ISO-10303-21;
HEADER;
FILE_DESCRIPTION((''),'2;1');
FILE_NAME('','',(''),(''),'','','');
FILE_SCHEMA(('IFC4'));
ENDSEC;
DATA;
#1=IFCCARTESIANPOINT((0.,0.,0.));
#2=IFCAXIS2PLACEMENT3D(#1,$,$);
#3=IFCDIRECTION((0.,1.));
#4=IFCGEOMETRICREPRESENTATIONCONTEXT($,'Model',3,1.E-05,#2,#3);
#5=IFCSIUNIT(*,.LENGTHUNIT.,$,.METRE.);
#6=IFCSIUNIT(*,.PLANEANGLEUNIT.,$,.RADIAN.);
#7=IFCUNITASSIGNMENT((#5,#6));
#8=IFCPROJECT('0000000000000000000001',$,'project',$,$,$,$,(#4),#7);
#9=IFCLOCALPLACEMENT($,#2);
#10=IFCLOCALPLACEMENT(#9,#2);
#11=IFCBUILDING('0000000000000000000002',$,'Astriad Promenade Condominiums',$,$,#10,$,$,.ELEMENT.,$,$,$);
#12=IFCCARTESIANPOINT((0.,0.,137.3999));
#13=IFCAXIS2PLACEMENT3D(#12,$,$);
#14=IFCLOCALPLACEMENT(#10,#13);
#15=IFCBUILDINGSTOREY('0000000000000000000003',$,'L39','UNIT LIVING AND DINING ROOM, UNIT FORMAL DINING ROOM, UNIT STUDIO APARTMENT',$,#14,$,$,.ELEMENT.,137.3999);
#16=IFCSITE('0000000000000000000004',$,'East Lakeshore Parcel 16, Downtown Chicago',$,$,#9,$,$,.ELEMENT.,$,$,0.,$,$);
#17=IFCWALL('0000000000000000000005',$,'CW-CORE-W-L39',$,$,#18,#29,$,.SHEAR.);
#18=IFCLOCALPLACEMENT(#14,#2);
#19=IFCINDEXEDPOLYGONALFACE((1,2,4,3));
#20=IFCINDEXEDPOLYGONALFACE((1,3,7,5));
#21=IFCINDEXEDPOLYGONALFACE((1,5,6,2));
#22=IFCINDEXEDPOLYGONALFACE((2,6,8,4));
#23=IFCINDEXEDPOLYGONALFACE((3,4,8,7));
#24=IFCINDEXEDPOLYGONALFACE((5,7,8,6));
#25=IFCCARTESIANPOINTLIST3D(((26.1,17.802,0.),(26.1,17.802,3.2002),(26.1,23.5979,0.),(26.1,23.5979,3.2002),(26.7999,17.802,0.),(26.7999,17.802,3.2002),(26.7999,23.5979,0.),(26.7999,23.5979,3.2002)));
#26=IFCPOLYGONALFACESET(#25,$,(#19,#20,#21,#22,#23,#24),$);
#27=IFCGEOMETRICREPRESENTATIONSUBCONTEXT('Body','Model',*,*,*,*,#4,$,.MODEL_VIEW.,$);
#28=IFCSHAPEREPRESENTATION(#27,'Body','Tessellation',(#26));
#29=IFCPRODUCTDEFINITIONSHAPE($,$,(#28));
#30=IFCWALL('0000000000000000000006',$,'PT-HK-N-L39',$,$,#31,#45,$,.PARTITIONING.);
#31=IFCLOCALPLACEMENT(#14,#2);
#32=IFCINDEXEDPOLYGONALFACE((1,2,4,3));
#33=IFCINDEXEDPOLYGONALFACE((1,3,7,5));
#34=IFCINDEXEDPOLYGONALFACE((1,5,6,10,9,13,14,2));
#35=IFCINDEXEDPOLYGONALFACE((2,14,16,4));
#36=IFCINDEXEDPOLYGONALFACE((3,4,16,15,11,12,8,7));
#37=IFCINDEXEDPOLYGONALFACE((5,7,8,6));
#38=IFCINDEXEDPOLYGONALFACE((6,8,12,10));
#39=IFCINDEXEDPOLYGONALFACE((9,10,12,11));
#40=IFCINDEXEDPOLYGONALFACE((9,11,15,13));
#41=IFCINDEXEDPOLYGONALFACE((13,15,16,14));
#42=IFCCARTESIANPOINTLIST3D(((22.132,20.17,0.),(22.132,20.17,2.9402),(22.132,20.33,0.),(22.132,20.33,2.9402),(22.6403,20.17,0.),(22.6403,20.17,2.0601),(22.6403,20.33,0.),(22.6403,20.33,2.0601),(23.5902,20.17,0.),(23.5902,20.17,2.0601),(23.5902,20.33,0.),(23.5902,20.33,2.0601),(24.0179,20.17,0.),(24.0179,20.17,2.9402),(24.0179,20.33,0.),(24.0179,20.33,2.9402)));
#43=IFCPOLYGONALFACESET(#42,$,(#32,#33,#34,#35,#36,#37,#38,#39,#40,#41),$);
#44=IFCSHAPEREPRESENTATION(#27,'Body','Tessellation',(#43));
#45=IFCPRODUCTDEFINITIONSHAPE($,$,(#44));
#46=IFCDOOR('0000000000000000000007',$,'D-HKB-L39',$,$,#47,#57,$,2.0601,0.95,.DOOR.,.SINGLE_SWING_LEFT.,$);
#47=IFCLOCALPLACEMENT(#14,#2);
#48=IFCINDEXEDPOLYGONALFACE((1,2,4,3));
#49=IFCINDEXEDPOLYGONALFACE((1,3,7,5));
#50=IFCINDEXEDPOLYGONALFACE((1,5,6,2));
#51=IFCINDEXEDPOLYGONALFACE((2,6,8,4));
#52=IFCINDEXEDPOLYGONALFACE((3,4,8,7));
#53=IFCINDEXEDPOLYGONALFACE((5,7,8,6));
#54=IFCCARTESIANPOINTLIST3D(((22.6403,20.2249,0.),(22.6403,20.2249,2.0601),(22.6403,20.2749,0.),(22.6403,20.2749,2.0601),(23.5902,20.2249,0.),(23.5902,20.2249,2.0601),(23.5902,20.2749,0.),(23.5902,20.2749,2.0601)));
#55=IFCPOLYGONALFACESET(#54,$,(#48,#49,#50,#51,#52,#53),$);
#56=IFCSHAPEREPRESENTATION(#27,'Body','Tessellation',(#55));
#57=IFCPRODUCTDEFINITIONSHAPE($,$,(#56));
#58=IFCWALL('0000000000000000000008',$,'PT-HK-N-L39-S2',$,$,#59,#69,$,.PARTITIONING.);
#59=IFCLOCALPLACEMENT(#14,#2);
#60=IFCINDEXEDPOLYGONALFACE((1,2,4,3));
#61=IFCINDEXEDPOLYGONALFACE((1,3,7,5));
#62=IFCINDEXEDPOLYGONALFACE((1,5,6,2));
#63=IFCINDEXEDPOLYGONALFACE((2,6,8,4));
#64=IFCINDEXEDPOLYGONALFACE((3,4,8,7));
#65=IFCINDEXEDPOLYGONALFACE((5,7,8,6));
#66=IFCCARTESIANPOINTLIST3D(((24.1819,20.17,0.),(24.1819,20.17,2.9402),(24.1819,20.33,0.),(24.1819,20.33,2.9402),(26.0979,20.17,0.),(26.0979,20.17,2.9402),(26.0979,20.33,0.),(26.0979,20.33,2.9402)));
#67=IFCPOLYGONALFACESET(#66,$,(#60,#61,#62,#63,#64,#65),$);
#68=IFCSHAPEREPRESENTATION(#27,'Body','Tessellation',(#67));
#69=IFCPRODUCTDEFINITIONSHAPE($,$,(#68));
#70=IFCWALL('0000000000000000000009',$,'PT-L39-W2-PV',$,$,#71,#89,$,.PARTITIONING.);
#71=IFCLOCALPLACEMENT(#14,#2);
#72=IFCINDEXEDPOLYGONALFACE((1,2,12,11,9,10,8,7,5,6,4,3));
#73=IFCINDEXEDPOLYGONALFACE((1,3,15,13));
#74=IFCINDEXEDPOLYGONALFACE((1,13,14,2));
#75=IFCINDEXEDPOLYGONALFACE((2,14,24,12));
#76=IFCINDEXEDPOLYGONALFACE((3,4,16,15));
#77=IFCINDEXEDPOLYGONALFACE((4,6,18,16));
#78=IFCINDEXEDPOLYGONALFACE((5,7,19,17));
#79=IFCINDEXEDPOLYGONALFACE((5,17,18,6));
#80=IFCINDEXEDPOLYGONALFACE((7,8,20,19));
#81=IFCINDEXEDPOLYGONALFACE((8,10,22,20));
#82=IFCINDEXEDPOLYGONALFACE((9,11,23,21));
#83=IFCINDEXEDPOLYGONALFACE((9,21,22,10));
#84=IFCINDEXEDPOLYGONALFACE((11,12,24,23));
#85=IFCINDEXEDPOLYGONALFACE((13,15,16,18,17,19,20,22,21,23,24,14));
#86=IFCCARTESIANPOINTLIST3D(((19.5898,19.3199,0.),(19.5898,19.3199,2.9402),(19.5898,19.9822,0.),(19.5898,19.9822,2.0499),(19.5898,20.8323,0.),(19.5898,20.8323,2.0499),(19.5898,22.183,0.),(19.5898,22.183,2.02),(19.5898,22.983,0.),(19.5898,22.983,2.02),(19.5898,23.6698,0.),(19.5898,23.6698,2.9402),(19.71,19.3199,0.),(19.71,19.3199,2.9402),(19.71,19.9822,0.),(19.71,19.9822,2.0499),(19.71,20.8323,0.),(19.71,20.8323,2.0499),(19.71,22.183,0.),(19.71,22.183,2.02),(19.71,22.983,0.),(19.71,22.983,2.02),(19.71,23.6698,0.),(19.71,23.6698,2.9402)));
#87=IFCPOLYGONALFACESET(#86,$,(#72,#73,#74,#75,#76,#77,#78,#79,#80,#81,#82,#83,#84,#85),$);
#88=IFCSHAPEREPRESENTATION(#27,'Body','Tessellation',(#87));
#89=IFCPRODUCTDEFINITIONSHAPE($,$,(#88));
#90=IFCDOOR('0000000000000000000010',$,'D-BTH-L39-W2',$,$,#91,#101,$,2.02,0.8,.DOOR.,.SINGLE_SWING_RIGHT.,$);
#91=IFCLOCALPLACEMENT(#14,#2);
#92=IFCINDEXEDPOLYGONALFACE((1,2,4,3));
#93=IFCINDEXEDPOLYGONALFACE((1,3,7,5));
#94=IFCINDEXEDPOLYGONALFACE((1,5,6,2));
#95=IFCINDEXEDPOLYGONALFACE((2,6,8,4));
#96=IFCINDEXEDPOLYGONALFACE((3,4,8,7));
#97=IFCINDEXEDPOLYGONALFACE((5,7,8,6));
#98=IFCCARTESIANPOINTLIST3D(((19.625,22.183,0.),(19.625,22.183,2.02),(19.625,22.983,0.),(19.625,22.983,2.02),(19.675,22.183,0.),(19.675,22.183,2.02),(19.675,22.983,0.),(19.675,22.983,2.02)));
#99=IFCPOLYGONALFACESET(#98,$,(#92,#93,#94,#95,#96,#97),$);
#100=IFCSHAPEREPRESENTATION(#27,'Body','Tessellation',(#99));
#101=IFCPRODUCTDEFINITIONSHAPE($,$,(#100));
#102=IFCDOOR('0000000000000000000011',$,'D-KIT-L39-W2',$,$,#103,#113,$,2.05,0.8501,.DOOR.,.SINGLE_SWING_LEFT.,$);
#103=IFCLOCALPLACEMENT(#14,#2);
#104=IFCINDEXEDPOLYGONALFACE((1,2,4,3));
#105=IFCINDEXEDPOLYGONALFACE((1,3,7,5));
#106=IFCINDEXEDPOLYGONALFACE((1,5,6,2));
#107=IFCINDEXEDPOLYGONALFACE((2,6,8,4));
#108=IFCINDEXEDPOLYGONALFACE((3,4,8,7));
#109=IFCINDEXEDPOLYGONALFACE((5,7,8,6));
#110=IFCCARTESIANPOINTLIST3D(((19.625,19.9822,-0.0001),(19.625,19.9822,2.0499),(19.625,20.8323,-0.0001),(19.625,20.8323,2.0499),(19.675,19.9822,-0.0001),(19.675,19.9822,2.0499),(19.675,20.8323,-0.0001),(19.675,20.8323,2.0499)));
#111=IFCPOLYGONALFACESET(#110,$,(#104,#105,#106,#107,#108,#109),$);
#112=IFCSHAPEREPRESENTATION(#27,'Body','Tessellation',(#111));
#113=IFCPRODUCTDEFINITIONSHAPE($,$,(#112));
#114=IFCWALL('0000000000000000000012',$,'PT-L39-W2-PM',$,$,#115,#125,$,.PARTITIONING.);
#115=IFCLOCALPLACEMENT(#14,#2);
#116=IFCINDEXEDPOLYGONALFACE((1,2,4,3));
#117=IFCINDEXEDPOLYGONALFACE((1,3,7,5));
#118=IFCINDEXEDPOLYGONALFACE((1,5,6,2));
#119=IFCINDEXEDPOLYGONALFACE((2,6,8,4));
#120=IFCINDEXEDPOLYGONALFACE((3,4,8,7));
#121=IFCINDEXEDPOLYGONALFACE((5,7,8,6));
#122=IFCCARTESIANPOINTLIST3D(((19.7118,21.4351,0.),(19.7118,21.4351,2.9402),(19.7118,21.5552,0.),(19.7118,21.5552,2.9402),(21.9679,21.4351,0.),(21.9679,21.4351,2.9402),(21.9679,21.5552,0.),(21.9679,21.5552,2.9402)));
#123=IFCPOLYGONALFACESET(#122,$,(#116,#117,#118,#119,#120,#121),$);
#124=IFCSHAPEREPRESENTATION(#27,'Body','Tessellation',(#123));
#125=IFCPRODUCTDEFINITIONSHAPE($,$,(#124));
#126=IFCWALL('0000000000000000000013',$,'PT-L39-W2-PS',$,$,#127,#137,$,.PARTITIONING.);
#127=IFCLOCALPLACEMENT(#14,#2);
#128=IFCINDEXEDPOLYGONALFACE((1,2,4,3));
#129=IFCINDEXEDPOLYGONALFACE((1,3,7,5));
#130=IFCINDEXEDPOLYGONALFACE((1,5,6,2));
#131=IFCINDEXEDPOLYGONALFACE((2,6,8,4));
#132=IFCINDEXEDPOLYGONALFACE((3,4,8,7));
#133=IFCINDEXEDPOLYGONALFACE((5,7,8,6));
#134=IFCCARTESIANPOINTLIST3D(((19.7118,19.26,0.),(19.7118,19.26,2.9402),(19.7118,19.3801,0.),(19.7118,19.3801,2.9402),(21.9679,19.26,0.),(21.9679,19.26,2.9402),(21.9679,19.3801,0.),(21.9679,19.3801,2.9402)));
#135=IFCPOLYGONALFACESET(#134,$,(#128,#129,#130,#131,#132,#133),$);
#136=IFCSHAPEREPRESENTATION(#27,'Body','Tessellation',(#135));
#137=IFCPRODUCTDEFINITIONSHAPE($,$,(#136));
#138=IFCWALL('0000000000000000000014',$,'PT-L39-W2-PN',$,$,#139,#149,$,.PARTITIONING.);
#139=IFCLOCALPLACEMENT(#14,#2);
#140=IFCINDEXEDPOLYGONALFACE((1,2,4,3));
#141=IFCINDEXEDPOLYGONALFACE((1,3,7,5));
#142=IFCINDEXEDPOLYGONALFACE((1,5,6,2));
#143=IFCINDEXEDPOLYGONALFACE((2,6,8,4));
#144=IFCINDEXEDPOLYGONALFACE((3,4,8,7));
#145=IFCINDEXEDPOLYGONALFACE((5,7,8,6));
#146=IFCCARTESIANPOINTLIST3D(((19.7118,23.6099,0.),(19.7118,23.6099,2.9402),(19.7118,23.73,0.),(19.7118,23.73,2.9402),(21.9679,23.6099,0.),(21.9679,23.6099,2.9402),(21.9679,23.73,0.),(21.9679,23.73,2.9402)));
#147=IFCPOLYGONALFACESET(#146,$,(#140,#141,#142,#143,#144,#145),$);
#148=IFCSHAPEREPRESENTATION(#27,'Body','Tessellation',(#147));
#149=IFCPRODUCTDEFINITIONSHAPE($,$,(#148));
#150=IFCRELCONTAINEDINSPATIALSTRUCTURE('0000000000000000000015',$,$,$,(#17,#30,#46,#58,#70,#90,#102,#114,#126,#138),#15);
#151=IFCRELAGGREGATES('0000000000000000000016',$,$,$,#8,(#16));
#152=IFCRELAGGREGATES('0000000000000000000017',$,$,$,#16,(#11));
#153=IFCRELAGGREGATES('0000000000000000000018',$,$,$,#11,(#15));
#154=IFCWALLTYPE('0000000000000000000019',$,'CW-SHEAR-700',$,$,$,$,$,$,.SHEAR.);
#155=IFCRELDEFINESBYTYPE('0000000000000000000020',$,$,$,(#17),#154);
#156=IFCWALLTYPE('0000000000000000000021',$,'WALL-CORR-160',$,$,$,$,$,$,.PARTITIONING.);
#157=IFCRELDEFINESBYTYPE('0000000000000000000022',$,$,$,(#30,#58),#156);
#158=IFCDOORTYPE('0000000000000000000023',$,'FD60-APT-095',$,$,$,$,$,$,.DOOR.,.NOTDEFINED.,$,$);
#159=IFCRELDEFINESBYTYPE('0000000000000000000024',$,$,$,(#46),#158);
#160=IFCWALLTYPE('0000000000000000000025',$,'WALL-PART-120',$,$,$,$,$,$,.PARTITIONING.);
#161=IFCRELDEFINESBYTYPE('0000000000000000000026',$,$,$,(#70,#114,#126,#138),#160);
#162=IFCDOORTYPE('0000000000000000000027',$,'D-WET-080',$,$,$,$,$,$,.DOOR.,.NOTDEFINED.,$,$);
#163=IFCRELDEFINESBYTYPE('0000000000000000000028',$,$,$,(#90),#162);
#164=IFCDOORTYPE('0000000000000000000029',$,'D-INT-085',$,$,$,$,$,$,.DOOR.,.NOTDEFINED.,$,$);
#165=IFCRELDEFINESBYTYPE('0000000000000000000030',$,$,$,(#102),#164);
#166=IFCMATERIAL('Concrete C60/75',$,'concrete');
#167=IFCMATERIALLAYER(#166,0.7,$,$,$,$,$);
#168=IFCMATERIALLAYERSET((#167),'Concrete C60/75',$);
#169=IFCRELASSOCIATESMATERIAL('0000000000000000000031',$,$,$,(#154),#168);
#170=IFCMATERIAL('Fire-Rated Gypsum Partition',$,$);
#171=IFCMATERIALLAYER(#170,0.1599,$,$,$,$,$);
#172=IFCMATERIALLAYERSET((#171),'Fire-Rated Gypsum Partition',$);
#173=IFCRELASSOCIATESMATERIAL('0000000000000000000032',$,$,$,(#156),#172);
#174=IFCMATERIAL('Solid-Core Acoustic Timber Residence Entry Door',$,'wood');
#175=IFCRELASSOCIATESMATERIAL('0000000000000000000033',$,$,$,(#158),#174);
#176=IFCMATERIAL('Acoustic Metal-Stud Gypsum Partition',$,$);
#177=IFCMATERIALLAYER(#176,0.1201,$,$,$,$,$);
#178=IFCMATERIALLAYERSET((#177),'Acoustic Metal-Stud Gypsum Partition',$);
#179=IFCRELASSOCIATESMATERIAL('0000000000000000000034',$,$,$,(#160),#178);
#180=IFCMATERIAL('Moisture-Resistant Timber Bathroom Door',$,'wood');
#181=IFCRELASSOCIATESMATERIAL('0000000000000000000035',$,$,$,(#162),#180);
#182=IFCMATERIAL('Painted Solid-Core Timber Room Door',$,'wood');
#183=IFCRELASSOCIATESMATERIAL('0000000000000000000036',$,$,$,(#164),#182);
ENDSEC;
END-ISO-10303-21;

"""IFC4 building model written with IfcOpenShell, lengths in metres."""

from ifc_helpers import new_model, si_unit, direction, frame, frame_2d, origin, place, context, subcontext, project, spatial, rectangle, extrude, source, transform, mapped, material, layer, layer_set, type_object, type_shapes, element, fill, save


model = new_model("IFC4")

# Units and contexts
model_context = context("Model", 3, precision=1e-05, world=origin(), true_north=direction((0.0, 1.0)))
body_context = subcontext(model_context, "Body", "Model", "MODEL_VIEW")
ifc_project = project(units=[si_unit("LENGTHUNIT", "METRE"), si_unit("PLANEANGLEUNIT", "RADIAN")], contexts=[model_context])

# Site, building, storey
site_placement = place(None, origin())
site = spatial("IfcSite", under=ifc_project, at=site_placement, Name="East Lakeshore Parcel 16, Downtown Chicago", CompositionType="ELEMENT", RefElevation=0.0)
building_placement = place(site_placement, origin())
building = spatial("IfcBuilding", under=site, at=building_placement, Name="Astriad Promenade Condominiums", CompositionType="ELEMENT")
storey_placement = place(building_placement, frame((0.0, 0.0, 137.3999)))
storey = spatial("IfcBuildingStorey", under=building, at=storey_placement, Name="L39", Description="UNIT LIVING AND DINING ROOM, UNIT FORMAL DINING ROOM, UNIT STUDIO APARTMENT", CompositionType="ELEMENT", Elevation=137.3999)

# Shared definitions
ifc_material_1 = material(Name="Concrete C60/75", Category="concrete")

# Shared definitions
ifc_layer_1 = layer(ifc_material_1, 0.7)
ifc_layer_set_1 = layer_set([ifc_layer_1], Name="Concrete C60/75")
wall_type_1 = type_object("IfcWallType", Name="CW-SHEAR-700", PredefinedType="SHEAR", material=ifc_layer_set_1)

# Wall
wall_1_placement = place(storey_placement, frame((26.45, 17.802, 0.0), z_axis=(0.0, 0.0, 1.0), x_axis=(0.0, 1.0, 0.0)))
element("IfcWall", 1, at=wall_1_placement, inside=storey, type_object=wall_type_1, Name="CW-CORE-W-L39", PredefinedType="SHEAR", context=body_context, shape_type="SweptSolid", body=[
    extrude(rectangle(XDim=5.7959, YDim=0.7, at=frame_2d((2.8979, 0.0))), origin(), (0.0, 0.0, 1.0), 3.2002),
])

# Wall, opening, door
ifc_material_2 = material(Name="Fire-Rated Gypsum Partition")
ifc_layer_2 = layer(ifc_material_2, 0.1599)
ifc_layer_set_2 = layer_set([ifc_layer_2], Name="Fire-Rated Gypsum Partition")
wall_type_2 = type_object("IfcWallType", Name="WALL-CORR-160", PredefinedType="PARTITIONING", material=ifc_layer_set_2)
wall_2_placement = place(storey_placement, frame((22.1321, 20.25, 0.0), z_axis=(0.0, 0.0, 1.0), x_axis=(1.0, 0.0, 0.0)))
wall_2 = element("IfcWall", 2, at=wall_2_placement, inside=storey, type_object=wall_type_2, Name="PT-HK-N-L39", PredefinedType="PARTITIONING", context=body_context, shape_type="SweptSolid", body=[
    extrude(rectangle(XDim=1.886, YDim=0.1599, at=frame_2d((0.9429, 0.0))), origin(), (0.0, 0.0, 1.0), 2.9402),
])
opening_1_placement = place(wall_2_placement, frame((0.5081, 0.0, 0.0)))
opening_1 = element("IfcOpeningElement", 3, at=opening_1_placement, cuts=wall_2, PredefinedType="OPENING", context=body_context, shape_type="SweptSolid", body=[
    extrude(rectangle(XDim=0.95, YDim=2.0601, at=frame_2d((0.4751, 1.03))), frame((0.0, 0.0898, 0.0), z_axis=(0.0, -1.0, 0.0), x_axis=(1.0, 0.0, 0.0)), (0.0, 0.0, 1.0), 0.1799),
])
ifc_material_3 = material(Name="Solid-Core Acoustic Timber Residence Entry Door", Category="wood")
door_type_1 = type_object("IfcDoorType", Name="FD60-APT-095", OperationType="NOTDEFINED", PredefinedType="DOOR", material=ifc_material_3)
shared_shape_1 = source(origin(), body_context, "Body", "SweptSolid", [
    extrude(rectangle(XDim=0.95, YDim=2.0601, at=frame_2d((0.4751, 1.03))), frame((0.0, 0.0249, 0.0), z_axis=(0.0, -1.0, 0.0), x_axis=(1.0, 0.0, 0.0)), (0.0, 0.0, 1.0), 0.05),
])
type_shapes(door_type_1, [shared_shape_1])
door_1_placement = place(opening_1_placement, origin())
door_1 = element("IfcDoor", 4, at=door_1_placement, inside=storey, type_object=door_type_1, Name="D-HKB-L39", OperationType="SINGLE_SWING_LEFT", OverallHeight=2.0601, OverallWidth=0.95, PredefinedType="DOOR", context=body_context, shape_type="MappedRepresentation", body=[
    mapped(shared_shape_1, transform((0.0, 0.0, 0.0), scale=1.0)),
])
fill(opening_1, door_1)

# Wall
wall_3_placement = place(storey_placement, frame((24.1819, 20.25, 0.0), z_axis=(0.0, 0.0, 1.0), x_axis=(1.0, 0.0, 0.0)))
element("IfcWall", 5, at=wall_3_placement, inside=storey, type_object=wall_type_2, Name="PT-HK-N-L39-S2", PredefinedType="PARTITIONING", context=body_context, shape_type="SweptSolid", body=[
    extrude(rectangle(XDim=1.916, YDim=0.1599, at=frame_2d((0.958, 0.0))), origin(), (0.0, 0.0, 1.0), 2.9402),
])

# Wall, openings, doors
ifc_material_4 = material(Name="Acoustic Metal-Stud Gypsum Partition")
ifc_layer_3 = layer(ifc_material_4, 0.1201)
ifc_layer_set_3 = layer_set([ifc_layer_3], Name="Acoustic Metal-Stud Gypsum Partition")
wall_type_3 = type_object("IfcWallType", Name="WALL-PART-120", PredefinedType="PARTITIONING", material=ifc_layer_set_3)
wall_4_placement = place(storey_placement, frame((19.6499, 19.3201, 0.0), z_axis=(0.0, 0.0, 1.0), x_axis=(0.0, 1.0, 0.0)))
wall_4 = element("IfcWall", 6, at=wall_4_placement, inside=storey, type_object=wall_type_3, Name="PT-L39-W2-PV", PredefinedType="PARTITIONING", context=body_context, shape_type="SweptSolid", body=[
    extrude(rectangle(XDim=4.3499, YDim=0.1201, at=frame_2d((2.1748, 0.0))), origin(), (0.0, 0.0, 1.0), 2.9402),
])
opening_2_placement = place(wall_4_placement, frame((0.6621, 0.0, 0.0)))
opening_2 = element("IfcOpeningElement", 7, at=opening_2_placement, cuts=wall_4, PredefinedType="OPENING", context=body_context, shape_type="SweptSolid", body=[
    extrude(rectangle(XDim=0.8501, YDim=2.05, at=frame_2d((0.425, 1.0249))), frame((0.0, 0.0701, 0.0), z_axis=(0.0, -1.0, 0.0), x_axis=(1.0, 0.0, 0.0)), (0.0, 0.0, 1.0), 0.1401),
])
opening_3_placement = place(wall_4_placement, frame((2.863, 0.0, 0.0)))
opening_3 = element("IfcOpeningElement", 8, at=opening_3_placement, cuts=wall_4, PredefinedType="OPENING", context=body_context, shape_type="SweptSolid", body=[
    extrude(rectangle(XDim=0.8, YDim=2.02, at=frame_2d((0.3999, 1.01))), frame((0.0, 0.0701, 0.0), z_axis=(0.0, -1.0, 0.0), x_axis=(1.0, 0.0, 0.0)), (0.0, 0.0, 1.0), 0.1401),
])
ifc_material_5 = material(Name="Moisture-Resistant Timber Bathroom Door", Category="wood")
door_type_2 = type_object("IfcDoorType", Name="D-WET-080", OperationType="NOTDEFINED", PredefinedType="DOOR", material=ifc_material_5)
shared_shape_2 = source(origin(), body_context, "Body", "SweptSolid", [
    extrude(rectangle(XDim=0.8, YDim=2.02, at=frame_2d((0.3999, 1.01))), frame((0.0, 0.0249, 0.0), z_axis=(0.0, -1.0, 0.0), x_axis=(1.0, 0.0, 0.0)), (0.0, 0.0, 1.0), 0.05),
])
type_shapes(door_type_2, [shared_shape_2])
door_2_placement = place(opening_3_placement, origin())
door_2 = element("IfcDoor", 9, at=door_2_placement, inside=storey, type_object=door_type_2, Name="D-BTH-L39-W2", OperationType="SINGLE_SWING_RIGHT", OverallHeight=2.02, OverallWidth=0.8, PredefinedType="DOOR", context=body_context, shape_type="MappedRepresentation", body=[
    mapped(shared_shape_2, transform((0.0, 0.0, 0.0), scale=1.0)),
])
fill(opening_3, door_2)
ifc_material_6 = material(Name="Painted Solid-Core Timber Room Door", Category="wood")
door_type_3 = type_object("IfcDoorType", Name="D-INT-085", OperationType="NOTDEFINED", PredefinedType="DOOR", material=ifc_material_6)
shared_shape_3 = source(origin(), body_context, "Body", "SweptSolid", [
    extrude(rectangle(XDim=0.8501, YDim=2.05, at=frame_2d((0.425, 1.0249))), frame((0.0, 0.0249, 0.0), z_axis=(0.0, -1.0, 0.0), x_axis=(1.0, 0.0, 0.0)), (0.0, 0.0, 1.0), 0.05),
])
type_shapes(door_type_3, [shared_shape_3])
door_3_placement = place(opening_2_placement, origin())
door_3 = element("IfcDoor", 10, at=door_3_placement, inside=storey, type_object=door_type_3, Name="D-KIT-L39-W2", OperationType="SINGLE_SWING_LEFT", OverallHeight=2.05, OverallWidth=0.8501, PredefinedType="DOOR", context=body_context, shape_type="MappedRepresentation", body=[
    mapped(shared_shape_3, transform((0.0, 0.0, 0.0), scale=1.0)),
])
fill(opening_2, door_3)

# Walls
for number, where, z_axis, x_axis, name in (
    (11, (19.7119, 21.4951, 0.0), (0.0, 0.0, 1.0), (1.0, 0.0, 0.0), "PT-L39-W2-PM"),
    (12, (19.7119, 19.3201, 0.0), (0.0, 0.0, 1.0), (1.0, 0.0, 0.0), "PT-L39-W2-PS"),
    (13, (19.7119, 23.6699, 0.0), (0.0, 0.0, 1.0), (1.0, 0.0, 0.0), "PT-L39-W2-PN"),
):
    element("IfcWall", number, at=place(storey_placement, frame(where, z_axis=z_axis, x_axis=x_axis)), inside=storey, type_object=wall_type_3, Name=name, PredefinedType="PARTITIONING", context=body_context, shape_type="SweptSolid", body=[
        extrude(rectangle(XDim=2.2561, YDim=0.1201, at=frame_2d((1.1279, 0.0))), origin(), (0.0, 0.0, 1.0), 2.9402),
    ])

save(model, "model.ifc")
